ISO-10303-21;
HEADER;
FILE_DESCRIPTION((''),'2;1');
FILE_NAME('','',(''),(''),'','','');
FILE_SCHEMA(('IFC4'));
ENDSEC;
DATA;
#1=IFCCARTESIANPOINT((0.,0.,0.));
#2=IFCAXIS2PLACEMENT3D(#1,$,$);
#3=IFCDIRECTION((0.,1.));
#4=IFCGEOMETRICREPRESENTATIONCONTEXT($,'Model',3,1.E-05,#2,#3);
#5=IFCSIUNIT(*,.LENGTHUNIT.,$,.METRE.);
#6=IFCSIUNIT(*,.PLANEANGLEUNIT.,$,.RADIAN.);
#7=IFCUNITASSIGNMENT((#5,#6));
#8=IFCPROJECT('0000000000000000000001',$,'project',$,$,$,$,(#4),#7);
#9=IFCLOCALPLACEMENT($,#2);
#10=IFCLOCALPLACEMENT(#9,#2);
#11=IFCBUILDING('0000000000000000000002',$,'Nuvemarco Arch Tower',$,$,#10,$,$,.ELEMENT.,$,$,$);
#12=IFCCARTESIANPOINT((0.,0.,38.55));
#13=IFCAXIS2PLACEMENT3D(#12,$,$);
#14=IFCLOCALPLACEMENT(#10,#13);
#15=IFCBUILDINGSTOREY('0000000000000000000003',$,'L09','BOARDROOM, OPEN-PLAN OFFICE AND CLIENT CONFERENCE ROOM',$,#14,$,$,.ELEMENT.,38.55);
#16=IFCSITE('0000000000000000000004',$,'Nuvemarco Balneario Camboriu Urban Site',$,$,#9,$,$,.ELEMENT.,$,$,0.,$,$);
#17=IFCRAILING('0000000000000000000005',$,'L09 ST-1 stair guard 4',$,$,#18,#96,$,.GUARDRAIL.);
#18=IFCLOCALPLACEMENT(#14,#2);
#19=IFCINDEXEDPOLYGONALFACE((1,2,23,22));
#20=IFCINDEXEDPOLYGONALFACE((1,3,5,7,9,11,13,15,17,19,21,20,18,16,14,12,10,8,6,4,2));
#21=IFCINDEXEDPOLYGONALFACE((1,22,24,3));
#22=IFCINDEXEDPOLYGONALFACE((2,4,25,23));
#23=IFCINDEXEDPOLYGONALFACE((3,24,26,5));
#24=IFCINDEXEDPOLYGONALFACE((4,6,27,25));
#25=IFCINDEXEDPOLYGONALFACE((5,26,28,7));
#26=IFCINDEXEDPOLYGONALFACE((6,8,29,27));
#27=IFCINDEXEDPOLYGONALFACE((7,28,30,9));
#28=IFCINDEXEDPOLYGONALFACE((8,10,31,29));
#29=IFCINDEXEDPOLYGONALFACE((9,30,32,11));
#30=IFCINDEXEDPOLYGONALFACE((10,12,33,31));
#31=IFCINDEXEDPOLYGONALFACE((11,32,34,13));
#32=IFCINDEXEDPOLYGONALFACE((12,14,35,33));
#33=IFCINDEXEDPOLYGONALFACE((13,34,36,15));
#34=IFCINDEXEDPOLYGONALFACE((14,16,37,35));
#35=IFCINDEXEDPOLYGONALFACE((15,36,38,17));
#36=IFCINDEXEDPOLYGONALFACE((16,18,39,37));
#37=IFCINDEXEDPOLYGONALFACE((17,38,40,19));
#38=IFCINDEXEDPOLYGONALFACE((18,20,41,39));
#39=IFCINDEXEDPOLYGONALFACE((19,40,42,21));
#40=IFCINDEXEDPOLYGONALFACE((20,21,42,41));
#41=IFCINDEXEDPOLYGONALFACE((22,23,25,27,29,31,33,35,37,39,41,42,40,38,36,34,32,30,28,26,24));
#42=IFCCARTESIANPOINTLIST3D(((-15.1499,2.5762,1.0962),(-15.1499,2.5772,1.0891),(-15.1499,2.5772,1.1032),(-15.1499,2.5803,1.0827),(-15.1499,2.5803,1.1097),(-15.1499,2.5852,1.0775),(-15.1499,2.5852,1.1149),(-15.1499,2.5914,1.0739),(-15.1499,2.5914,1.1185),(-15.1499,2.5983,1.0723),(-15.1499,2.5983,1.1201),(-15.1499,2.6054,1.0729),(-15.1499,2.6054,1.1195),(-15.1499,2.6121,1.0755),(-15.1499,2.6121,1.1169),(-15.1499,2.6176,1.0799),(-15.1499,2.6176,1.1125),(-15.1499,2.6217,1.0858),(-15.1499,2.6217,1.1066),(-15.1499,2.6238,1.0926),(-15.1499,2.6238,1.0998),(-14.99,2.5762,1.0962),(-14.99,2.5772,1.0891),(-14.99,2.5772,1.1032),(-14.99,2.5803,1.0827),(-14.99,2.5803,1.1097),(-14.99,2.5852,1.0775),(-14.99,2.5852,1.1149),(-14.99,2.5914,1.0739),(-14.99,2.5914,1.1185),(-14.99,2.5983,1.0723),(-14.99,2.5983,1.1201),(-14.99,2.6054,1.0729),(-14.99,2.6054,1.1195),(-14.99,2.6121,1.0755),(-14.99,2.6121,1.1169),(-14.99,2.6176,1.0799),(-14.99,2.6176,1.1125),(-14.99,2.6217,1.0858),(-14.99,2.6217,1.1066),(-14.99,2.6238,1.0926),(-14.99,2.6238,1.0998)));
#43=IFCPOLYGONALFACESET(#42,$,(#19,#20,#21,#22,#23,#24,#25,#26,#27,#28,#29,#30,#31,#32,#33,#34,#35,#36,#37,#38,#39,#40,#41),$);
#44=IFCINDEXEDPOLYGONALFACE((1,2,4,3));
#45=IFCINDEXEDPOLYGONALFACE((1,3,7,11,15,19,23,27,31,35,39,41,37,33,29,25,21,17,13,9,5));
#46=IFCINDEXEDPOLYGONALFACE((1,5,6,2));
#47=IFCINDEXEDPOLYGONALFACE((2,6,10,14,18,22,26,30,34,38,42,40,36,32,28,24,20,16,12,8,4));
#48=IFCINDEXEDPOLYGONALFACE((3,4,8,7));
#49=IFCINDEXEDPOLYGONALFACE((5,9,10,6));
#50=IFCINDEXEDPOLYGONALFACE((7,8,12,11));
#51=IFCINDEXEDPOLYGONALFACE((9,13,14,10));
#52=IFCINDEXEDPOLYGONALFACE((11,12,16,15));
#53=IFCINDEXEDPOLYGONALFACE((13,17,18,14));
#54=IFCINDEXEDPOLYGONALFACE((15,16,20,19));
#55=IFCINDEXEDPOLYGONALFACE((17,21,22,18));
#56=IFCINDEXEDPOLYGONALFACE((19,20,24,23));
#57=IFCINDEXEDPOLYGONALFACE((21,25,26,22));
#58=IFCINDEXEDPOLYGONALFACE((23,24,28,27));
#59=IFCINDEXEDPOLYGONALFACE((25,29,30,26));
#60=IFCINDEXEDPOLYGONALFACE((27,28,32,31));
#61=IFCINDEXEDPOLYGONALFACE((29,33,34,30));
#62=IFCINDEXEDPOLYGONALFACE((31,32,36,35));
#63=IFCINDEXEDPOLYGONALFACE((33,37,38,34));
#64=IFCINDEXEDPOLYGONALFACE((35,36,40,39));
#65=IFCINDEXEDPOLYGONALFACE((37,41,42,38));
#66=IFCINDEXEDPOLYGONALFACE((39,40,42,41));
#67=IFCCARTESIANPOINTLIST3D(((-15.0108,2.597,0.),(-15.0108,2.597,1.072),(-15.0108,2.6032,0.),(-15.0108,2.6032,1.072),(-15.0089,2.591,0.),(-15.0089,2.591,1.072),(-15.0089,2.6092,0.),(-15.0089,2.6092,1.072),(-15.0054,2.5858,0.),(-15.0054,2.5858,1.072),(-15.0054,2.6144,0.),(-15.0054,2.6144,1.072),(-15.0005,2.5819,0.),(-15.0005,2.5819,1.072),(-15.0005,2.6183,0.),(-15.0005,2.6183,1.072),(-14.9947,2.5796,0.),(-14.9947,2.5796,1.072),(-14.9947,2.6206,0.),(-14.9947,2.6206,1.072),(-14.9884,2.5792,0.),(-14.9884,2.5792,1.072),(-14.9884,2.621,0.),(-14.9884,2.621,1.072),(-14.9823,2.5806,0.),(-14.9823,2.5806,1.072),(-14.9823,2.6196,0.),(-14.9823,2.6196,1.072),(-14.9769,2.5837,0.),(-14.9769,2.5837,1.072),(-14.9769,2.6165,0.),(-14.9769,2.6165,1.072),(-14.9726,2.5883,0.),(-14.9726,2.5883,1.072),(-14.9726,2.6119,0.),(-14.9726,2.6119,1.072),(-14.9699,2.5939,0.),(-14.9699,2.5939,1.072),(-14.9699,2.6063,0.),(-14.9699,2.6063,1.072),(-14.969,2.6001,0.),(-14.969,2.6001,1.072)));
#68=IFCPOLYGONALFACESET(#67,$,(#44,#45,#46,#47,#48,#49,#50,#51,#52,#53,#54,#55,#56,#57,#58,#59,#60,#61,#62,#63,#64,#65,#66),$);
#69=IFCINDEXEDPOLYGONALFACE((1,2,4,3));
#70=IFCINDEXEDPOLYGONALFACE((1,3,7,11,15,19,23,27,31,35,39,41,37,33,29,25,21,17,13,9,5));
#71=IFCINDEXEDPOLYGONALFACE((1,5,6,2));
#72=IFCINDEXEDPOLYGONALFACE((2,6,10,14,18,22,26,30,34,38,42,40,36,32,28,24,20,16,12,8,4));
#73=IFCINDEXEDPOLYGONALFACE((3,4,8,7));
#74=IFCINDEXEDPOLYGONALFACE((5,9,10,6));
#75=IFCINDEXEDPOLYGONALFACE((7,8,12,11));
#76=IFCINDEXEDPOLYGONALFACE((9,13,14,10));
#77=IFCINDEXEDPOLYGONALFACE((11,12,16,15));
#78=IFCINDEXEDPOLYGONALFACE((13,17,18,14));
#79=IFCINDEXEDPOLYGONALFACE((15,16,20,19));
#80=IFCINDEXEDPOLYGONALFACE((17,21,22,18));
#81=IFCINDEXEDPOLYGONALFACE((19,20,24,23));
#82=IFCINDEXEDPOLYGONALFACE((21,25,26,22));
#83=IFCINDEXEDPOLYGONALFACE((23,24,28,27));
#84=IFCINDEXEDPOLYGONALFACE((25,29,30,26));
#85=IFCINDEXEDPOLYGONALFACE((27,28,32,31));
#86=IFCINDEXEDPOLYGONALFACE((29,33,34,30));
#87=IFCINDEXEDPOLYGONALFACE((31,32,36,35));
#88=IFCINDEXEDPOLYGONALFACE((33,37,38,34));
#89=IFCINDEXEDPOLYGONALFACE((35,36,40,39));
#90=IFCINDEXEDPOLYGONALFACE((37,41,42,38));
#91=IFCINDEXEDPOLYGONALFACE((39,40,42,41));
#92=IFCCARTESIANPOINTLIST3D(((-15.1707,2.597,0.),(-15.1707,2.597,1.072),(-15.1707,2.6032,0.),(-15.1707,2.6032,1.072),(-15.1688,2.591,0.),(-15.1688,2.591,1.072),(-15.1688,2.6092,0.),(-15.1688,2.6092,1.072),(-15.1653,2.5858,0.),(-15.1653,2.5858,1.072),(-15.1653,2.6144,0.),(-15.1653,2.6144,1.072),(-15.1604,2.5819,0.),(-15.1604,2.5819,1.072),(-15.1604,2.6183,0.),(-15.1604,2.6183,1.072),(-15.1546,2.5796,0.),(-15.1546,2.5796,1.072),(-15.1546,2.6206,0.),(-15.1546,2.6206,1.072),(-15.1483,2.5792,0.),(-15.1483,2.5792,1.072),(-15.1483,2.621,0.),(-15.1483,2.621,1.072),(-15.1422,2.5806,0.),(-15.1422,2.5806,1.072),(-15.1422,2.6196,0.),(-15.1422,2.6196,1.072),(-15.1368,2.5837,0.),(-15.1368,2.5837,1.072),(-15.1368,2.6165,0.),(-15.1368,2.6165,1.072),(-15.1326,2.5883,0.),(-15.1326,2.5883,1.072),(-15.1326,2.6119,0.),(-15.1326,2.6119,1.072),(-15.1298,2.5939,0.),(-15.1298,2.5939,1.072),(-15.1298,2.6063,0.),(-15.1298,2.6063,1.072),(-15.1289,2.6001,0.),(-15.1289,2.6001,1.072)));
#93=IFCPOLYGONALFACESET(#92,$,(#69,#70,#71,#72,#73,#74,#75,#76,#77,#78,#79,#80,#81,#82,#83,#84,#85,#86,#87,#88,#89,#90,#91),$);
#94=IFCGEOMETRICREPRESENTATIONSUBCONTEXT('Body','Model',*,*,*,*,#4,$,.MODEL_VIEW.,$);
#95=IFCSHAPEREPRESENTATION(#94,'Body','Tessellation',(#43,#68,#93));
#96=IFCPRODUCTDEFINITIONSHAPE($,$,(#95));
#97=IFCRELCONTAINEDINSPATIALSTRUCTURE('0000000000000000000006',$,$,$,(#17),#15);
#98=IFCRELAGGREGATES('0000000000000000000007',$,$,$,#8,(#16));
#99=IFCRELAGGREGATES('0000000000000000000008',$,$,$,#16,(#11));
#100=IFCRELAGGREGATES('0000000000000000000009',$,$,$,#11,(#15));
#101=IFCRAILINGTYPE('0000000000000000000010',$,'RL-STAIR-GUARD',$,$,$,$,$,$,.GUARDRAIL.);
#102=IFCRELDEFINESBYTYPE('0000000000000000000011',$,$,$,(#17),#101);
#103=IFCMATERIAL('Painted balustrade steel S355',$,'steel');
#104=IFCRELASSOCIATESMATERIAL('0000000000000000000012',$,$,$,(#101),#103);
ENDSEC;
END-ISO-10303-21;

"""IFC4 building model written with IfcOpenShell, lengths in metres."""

from ifc_helpers import new_model, si_unit, direction, frame, origin, origin_2d, place, context, subcontext, project, spatial, circle, extrude, material, type_object, element, save


model = new_model("IFC4")

# Units and contexts
model_context = context("Model", 3, precision=1e-05, world=origin(), true_north=direction((0.0, 1.0)))
body_context = subcontext(model_context, "Body", "Model", "MODEL_VIEW")
ifc_project = project(units=[si_unit("LENGTHUNIT", "METRE"), si_unit("PLANEANGLEUNIT", "RADIAN")], contexts=[model_context])

# Site, building, storey
site_placement = place(None, origin())
site = spatial("IfcSite", under=ifc_project, at=site_placement, Name="Nuvemarco Balneario Camboriu Urban Site", CompositionType="ELEMENT", RefElevation=0.0)
building_placement = place(site_placement, origin())
building = spatial("IfcBuilding", under=site, at=building_placement, Name="Nuvemarco Arch Tower", CompositionType="ELEMENT")
storey_placement = place(building_placement, frame((0.0, 0.0, 38.55)))
storey = spatial("IfcBuildingStorey", under=building, at=storey_placement, Name="L09", Description="BOARDROOM, OPEN-PLAN OFFICE AND CLIENT CONFERENCE ROOM", CompositionType="ELEMENT", Elevation=38.55)

# Railing
ifc_material_1 = material(Name="Painted balustrade steel S355", Category="steel")
railing_type_1 = type_object("IfcRailingType", Name="RL-STAIR-GUARD", PredefinedType="GUARDRAIL", material=ifc_material_1)
railing_1_placement = place(storey_placement, frame((-14.99, 2.6001, 0.0)))
element("IfcRailing", 1, at=railing_1_placement, inside=storey, type_object=railing_type_1, Name="L09 ST-1 stair guard 4", PredefinedType="GUARDRAIL", context=body_context, shape_type="SweptSolid", body=[
    extrude(circle(Radius=0.0239, at=origin_2d()), frame((0.0, 0.0, 1.0962), z_axis=(-1.0, 0.0, 0.0), x_axis=(0.0, -1.0, 0.0)), (0.0, 0.0, 1.0), 0.1599),
    extrude(circle(Radius=0.021, at=origin_2d()), origin(), (0.0, 0.0, 1.0), 1.072),
    extrude(circle(Radius=0.021, at=origin_2d()), frame((-0.1599, 0.0, 0.0)), (0.0, 0.0, 1.0), 1.072),
])

save(model, "model.ifc")
